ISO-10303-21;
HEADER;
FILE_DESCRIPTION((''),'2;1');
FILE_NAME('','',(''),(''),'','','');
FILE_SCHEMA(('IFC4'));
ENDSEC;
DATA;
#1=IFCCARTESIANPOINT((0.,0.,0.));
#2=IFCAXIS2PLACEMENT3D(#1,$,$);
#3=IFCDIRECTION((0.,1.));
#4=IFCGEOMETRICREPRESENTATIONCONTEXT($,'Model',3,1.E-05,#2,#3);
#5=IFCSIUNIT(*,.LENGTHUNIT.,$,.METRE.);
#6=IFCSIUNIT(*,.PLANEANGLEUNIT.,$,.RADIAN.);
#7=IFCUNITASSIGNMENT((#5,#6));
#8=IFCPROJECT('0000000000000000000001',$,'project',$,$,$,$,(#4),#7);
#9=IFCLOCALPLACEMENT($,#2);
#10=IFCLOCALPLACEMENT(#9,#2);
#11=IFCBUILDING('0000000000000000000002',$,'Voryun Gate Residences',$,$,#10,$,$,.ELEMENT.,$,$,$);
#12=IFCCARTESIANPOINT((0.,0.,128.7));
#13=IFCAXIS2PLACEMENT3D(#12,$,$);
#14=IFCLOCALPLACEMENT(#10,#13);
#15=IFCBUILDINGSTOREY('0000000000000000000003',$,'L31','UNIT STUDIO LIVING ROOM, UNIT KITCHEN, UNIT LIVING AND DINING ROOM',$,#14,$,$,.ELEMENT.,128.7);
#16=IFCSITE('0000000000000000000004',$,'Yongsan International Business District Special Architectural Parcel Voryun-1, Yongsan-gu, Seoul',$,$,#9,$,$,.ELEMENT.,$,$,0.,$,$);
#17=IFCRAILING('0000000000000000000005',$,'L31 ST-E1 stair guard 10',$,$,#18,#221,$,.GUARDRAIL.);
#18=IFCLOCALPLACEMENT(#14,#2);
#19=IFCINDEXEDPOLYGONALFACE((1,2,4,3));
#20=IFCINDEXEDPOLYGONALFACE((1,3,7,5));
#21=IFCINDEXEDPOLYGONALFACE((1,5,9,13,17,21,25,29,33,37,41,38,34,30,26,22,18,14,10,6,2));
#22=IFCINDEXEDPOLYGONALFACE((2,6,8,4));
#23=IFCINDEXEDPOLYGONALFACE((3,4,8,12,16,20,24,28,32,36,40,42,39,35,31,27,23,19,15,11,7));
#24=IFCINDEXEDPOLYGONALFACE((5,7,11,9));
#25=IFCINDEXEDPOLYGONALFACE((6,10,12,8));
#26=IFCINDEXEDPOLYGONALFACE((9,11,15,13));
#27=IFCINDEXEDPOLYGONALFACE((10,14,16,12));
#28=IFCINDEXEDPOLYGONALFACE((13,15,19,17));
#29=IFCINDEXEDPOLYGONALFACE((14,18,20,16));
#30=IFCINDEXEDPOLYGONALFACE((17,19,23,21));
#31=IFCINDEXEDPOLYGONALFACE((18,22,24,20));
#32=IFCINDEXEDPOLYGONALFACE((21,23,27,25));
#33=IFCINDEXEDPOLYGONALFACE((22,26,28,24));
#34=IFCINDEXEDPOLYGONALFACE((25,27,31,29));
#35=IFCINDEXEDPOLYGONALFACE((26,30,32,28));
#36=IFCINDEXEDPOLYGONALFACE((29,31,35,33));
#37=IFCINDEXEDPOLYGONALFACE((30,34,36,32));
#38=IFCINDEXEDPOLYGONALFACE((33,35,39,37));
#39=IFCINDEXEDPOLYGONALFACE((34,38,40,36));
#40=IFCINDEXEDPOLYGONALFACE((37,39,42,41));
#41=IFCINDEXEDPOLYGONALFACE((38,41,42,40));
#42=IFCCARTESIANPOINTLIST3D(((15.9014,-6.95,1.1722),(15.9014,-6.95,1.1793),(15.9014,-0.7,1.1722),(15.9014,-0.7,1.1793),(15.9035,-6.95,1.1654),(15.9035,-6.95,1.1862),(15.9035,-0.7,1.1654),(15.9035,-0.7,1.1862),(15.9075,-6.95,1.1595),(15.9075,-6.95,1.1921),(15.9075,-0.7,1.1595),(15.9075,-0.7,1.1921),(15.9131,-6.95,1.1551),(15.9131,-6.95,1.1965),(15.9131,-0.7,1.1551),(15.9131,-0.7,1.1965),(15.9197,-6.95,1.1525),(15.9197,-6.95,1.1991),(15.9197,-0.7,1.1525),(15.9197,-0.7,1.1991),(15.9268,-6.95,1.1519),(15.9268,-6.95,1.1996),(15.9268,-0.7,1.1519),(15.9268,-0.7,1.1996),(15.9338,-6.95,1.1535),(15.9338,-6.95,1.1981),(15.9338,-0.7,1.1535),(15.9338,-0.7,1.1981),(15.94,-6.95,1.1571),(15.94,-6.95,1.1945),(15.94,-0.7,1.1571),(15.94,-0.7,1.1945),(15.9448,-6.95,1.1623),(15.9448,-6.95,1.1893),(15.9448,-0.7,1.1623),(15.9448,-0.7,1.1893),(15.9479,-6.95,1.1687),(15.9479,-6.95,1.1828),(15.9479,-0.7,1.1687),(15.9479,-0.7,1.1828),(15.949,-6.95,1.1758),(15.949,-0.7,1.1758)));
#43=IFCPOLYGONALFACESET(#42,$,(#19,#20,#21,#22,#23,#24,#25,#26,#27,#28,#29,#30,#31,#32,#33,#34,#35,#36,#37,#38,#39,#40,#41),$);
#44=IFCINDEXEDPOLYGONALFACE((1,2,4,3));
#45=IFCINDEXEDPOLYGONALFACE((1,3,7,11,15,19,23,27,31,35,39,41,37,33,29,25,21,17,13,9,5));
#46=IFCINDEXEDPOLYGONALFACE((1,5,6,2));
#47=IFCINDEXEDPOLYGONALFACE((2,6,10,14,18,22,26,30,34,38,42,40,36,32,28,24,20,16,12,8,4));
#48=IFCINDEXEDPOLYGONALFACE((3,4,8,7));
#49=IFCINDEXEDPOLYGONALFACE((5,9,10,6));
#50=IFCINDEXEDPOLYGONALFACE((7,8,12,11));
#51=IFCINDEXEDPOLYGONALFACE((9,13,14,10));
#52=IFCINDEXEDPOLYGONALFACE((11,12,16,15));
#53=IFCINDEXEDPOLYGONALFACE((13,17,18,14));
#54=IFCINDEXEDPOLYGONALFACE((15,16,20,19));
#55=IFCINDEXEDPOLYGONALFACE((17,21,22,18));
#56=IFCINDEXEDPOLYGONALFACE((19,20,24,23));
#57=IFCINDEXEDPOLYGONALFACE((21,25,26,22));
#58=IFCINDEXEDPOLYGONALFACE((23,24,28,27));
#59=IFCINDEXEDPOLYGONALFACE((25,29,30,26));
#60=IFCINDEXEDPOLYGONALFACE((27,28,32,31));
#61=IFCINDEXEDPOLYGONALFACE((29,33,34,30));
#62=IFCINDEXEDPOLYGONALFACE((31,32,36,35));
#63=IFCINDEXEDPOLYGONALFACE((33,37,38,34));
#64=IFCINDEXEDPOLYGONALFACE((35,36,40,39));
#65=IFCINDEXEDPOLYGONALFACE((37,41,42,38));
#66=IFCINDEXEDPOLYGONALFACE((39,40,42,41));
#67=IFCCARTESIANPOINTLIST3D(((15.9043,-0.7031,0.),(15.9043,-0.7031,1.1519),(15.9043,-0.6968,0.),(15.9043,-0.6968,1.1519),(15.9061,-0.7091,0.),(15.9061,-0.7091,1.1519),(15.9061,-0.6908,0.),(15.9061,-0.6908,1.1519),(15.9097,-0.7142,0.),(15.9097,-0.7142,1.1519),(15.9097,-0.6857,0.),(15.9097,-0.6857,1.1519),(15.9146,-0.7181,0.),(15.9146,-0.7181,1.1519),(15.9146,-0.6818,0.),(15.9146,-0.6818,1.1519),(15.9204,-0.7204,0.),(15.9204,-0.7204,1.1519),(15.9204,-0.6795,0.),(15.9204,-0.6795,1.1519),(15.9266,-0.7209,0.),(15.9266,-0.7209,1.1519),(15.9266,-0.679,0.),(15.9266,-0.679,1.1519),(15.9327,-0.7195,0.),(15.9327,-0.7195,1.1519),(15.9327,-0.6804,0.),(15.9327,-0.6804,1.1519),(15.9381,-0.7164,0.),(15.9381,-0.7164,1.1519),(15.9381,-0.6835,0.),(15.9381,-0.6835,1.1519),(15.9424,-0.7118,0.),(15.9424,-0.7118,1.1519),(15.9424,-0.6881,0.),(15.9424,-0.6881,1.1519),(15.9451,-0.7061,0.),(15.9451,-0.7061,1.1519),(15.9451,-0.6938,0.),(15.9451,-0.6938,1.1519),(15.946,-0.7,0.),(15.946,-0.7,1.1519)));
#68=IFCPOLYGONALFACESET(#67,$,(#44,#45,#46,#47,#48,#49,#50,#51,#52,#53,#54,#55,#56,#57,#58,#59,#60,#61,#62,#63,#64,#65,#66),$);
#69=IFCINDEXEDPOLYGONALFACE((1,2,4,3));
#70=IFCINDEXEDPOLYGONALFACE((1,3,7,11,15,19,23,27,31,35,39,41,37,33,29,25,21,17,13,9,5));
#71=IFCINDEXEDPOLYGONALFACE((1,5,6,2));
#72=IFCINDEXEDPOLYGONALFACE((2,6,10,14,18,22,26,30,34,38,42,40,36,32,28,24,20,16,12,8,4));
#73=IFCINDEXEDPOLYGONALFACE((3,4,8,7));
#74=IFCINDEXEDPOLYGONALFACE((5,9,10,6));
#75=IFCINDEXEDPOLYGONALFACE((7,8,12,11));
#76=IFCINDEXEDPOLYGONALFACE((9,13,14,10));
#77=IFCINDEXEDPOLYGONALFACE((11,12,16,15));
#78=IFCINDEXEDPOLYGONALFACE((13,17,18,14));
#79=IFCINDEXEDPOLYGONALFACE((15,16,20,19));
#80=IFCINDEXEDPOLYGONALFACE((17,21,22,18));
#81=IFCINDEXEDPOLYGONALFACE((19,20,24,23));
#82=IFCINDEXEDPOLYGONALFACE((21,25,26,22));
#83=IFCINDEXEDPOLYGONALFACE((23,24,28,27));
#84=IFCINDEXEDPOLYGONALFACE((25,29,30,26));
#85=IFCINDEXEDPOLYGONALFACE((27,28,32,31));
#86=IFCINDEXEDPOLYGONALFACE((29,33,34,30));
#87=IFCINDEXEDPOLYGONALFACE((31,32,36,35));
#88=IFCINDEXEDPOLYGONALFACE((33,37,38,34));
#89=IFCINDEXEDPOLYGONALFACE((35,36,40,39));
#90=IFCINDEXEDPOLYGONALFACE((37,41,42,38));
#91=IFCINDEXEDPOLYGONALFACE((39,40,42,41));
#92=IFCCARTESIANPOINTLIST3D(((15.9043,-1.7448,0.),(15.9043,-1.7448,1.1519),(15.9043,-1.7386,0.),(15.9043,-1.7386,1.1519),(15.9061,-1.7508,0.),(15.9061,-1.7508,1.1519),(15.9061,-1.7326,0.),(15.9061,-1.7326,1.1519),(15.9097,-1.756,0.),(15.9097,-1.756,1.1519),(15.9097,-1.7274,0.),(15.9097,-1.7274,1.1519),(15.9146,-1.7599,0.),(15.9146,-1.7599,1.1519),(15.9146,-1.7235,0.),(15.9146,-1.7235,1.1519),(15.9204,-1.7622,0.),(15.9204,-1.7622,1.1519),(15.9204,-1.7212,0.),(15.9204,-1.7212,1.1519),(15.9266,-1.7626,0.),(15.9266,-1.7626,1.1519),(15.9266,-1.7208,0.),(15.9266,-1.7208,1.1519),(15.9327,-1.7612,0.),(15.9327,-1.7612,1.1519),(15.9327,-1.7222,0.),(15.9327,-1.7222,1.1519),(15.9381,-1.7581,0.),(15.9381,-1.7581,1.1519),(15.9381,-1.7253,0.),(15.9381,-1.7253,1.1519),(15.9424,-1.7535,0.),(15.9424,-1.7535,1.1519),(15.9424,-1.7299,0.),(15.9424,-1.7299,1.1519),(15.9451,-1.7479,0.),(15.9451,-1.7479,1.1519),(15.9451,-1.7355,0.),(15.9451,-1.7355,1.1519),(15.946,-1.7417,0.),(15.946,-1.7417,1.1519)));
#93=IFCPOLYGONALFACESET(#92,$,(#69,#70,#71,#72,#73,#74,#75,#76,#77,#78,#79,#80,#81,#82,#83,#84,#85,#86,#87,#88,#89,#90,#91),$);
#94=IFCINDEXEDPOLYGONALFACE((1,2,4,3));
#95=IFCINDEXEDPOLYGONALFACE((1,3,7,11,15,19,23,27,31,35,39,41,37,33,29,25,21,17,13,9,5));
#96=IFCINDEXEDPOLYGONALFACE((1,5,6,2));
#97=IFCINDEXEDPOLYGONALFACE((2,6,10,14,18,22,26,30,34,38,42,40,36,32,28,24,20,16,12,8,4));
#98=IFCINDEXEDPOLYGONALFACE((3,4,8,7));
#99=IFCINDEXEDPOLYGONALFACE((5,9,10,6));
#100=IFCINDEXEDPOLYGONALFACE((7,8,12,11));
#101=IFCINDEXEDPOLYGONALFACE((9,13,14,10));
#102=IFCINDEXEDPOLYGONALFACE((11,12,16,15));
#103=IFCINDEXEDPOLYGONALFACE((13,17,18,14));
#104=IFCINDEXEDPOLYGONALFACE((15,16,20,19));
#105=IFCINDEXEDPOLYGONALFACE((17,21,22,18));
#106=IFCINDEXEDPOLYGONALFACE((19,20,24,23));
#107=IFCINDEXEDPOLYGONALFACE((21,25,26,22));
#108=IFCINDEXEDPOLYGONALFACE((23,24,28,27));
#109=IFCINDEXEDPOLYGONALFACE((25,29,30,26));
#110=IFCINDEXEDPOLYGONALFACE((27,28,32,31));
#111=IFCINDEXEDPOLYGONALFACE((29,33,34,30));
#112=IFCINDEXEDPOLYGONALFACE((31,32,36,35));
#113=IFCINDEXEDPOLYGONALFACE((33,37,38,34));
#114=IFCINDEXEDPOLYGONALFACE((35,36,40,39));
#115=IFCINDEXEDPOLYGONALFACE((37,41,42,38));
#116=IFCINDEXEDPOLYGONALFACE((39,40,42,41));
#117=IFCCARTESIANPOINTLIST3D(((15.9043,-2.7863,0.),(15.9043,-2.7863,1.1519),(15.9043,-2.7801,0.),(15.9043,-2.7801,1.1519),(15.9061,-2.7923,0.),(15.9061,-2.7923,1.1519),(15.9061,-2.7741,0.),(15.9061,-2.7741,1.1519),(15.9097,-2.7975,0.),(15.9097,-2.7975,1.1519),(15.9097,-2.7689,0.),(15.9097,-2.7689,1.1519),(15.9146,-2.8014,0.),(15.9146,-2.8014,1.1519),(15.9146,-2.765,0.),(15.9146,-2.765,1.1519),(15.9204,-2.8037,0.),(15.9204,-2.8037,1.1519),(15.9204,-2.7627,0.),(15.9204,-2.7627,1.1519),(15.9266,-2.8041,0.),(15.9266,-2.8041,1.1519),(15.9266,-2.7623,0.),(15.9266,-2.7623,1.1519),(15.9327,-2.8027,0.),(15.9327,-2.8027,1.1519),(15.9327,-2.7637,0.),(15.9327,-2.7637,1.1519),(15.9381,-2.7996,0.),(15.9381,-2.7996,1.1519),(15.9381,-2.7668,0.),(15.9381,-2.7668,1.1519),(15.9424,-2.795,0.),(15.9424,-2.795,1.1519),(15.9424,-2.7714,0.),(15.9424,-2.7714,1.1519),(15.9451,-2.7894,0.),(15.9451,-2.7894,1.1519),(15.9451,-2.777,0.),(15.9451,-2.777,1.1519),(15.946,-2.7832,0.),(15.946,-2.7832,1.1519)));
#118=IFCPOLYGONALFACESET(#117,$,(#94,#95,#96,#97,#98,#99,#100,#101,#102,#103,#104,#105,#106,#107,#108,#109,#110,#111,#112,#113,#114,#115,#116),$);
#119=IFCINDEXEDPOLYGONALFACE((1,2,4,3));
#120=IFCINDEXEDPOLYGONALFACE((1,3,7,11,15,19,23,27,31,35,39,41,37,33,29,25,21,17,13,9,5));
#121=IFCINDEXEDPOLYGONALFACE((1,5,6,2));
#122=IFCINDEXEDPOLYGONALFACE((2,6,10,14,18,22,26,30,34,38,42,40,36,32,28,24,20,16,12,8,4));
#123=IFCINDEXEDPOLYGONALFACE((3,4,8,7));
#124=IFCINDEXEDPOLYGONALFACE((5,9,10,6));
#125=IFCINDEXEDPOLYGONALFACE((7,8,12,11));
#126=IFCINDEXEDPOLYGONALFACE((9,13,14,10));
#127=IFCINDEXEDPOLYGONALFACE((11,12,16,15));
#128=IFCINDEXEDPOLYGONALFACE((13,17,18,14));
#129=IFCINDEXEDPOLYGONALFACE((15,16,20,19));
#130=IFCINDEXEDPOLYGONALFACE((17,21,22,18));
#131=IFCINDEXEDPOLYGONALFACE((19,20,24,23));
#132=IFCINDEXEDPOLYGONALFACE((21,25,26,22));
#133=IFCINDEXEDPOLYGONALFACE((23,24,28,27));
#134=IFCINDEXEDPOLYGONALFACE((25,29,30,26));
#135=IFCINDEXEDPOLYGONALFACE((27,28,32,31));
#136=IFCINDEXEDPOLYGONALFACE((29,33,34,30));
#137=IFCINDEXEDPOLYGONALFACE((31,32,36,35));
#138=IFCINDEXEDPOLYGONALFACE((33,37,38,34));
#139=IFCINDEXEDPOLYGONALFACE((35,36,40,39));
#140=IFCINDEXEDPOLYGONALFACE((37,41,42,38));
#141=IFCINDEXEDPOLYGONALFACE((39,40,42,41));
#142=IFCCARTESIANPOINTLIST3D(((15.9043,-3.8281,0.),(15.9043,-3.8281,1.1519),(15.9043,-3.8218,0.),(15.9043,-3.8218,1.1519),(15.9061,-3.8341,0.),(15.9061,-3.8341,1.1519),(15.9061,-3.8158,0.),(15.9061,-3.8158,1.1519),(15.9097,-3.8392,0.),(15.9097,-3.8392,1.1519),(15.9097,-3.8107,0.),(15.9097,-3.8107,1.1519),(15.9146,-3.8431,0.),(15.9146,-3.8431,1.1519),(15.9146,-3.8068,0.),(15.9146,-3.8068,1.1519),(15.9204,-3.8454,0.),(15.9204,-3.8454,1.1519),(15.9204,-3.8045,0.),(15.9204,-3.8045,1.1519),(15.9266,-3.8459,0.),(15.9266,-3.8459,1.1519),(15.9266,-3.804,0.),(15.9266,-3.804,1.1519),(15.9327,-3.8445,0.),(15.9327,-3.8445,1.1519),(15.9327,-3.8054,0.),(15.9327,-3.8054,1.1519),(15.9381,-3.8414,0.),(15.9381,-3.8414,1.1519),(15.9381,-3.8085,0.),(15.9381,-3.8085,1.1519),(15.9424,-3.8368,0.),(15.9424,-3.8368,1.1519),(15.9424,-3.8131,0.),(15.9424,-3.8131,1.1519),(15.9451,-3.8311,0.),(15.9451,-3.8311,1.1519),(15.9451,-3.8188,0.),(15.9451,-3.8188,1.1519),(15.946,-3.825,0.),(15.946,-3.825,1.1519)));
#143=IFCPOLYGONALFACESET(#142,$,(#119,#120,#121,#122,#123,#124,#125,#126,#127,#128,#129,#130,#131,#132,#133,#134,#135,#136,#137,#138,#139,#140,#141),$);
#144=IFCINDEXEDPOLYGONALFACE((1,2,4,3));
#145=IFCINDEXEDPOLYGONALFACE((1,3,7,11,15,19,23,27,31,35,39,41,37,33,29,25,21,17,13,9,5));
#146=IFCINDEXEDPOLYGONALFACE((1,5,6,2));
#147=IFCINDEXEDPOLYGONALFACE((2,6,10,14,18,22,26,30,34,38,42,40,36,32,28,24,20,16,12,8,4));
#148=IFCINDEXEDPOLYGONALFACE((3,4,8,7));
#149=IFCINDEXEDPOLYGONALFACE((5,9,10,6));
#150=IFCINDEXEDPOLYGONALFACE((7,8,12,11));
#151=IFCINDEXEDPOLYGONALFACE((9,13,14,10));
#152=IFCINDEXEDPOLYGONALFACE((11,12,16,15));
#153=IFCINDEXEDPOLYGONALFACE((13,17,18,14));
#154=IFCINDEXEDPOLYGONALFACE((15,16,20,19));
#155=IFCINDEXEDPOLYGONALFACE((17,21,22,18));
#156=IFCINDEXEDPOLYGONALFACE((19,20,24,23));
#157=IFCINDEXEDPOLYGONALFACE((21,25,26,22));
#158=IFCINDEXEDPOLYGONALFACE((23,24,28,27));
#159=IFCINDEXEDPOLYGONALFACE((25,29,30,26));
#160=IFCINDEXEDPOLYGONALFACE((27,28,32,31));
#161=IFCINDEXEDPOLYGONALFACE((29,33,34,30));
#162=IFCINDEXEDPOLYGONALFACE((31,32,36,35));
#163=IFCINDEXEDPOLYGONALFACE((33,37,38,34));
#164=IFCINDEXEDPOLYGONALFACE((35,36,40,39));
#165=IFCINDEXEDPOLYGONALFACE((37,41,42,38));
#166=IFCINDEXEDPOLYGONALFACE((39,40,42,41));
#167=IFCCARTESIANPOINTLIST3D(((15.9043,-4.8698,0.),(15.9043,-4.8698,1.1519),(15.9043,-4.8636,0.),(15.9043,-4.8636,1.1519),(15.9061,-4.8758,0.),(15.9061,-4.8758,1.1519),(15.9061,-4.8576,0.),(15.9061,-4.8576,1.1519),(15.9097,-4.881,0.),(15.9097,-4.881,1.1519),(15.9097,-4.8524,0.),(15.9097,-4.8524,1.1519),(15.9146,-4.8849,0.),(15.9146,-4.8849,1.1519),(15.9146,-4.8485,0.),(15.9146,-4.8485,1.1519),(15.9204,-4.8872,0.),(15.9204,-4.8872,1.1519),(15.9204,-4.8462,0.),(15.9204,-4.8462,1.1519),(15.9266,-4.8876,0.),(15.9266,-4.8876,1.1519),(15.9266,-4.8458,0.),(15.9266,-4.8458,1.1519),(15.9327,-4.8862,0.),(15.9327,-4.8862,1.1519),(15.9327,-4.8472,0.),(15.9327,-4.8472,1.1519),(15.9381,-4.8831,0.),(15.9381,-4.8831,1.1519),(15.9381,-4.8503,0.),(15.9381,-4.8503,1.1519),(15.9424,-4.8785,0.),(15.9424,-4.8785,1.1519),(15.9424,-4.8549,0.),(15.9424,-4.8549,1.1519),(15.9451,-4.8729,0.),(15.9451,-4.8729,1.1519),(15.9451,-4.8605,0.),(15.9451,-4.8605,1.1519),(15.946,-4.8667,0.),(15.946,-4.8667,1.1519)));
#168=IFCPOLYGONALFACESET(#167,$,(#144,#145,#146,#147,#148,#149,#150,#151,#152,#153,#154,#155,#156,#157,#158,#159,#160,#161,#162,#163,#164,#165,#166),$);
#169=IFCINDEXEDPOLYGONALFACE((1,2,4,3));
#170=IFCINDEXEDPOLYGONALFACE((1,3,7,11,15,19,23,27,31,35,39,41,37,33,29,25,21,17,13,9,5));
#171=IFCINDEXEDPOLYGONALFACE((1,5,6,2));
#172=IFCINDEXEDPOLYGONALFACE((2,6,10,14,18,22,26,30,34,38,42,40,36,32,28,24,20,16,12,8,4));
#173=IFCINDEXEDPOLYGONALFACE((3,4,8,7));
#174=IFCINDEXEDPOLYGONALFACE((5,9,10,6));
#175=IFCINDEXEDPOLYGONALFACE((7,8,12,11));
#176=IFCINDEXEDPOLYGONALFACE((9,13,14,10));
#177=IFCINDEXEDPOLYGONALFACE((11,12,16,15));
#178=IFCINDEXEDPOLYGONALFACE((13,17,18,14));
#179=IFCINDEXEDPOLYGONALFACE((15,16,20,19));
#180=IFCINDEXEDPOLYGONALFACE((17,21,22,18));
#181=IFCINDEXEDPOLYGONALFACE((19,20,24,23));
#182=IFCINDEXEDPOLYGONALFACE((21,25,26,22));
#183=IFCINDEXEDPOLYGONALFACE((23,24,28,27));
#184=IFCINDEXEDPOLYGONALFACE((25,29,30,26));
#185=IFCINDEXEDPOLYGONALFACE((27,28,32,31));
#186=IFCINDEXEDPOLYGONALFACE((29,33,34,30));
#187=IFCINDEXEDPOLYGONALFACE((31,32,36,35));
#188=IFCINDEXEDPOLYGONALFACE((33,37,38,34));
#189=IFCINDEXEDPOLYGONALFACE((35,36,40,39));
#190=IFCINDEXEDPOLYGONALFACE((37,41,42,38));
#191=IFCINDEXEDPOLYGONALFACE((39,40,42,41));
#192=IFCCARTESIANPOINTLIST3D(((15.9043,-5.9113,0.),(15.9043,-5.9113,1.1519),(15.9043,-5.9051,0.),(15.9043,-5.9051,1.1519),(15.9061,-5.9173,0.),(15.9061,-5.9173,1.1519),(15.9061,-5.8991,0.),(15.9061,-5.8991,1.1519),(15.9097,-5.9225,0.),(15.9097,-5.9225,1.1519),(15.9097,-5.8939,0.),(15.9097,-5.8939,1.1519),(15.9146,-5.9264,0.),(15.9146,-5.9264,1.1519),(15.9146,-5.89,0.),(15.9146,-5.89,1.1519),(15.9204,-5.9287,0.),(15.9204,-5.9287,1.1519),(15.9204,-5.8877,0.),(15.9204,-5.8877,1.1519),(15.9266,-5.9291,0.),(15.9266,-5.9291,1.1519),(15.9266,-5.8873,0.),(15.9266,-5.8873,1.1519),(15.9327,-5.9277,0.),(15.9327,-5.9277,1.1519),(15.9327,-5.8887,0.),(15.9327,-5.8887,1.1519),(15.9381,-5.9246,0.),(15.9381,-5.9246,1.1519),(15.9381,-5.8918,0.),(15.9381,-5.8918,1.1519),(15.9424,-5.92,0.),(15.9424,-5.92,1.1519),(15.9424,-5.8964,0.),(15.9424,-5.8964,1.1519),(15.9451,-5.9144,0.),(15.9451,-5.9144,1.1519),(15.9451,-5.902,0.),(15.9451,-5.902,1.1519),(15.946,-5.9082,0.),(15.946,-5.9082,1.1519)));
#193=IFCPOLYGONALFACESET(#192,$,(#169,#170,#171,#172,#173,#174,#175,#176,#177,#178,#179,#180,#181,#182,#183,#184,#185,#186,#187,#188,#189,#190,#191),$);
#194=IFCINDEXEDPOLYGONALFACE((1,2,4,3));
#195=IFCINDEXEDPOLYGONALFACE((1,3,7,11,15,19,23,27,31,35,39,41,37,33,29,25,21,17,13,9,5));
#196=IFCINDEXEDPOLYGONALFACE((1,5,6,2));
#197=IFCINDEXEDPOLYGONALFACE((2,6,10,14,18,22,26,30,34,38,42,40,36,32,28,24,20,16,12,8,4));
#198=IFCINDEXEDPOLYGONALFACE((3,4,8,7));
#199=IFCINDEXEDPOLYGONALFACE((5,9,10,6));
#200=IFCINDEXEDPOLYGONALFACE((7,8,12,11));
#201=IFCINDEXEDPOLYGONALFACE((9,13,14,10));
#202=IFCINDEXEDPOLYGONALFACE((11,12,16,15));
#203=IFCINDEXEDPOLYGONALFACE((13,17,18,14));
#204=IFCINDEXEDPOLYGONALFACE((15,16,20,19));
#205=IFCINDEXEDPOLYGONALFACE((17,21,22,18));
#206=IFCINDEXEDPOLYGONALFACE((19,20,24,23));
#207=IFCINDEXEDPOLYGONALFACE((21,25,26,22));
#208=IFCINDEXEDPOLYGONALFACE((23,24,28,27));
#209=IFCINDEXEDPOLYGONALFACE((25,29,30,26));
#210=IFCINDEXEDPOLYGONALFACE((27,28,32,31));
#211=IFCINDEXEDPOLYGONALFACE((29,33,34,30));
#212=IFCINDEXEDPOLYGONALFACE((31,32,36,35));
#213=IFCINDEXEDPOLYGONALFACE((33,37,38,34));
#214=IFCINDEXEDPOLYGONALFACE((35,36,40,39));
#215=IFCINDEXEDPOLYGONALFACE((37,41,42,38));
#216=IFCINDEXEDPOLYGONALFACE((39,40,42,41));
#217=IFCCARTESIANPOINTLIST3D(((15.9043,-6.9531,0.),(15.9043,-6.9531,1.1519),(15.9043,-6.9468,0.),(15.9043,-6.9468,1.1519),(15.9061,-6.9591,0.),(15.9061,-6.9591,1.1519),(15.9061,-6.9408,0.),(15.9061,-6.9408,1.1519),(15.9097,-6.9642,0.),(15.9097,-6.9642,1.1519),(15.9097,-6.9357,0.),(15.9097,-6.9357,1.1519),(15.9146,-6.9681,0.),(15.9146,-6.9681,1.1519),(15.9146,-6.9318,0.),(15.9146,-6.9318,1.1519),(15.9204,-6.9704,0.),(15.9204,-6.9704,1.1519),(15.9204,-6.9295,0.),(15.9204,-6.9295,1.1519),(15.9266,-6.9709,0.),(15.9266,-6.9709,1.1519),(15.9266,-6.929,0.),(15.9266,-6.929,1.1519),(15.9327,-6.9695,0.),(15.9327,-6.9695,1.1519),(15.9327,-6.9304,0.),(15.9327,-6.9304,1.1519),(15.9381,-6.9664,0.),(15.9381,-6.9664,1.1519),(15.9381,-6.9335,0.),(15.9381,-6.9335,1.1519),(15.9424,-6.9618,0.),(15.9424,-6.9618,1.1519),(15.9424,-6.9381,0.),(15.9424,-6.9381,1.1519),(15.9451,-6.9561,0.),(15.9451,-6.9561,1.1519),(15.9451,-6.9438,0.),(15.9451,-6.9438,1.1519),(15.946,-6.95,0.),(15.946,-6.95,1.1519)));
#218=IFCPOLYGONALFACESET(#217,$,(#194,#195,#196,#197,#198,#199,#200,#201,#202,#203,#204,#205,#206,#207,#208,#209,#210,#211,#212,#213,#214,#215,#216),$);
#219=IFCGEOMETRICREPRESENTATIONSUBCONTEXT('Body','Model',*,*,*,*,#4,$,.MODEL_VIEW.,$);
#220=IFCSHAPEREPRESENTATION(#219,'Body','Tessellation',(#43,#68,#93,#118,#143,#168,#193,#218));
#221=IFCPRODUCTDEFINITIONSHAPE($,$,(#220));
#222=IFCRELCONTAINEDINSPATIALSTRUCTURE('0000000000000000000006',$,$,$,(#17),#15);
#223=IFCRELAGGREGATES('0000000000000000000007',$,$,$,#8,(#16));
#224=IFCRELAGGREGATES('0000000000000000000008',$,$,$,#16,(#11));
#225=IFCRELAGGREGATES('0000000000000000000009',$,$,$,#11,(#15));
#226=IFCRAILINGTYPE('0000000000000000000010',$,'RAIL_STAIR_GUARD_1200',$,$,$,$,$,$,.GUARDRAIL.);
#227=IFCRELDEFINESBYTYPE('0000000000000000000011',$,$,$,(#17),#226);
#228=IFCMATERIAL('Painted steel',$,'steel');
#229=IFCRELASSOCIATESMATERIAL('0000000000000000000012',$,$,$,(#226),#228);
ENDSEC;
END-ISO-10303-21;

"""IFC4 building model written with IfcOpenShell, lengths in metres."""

from ifc_helpers import new_model, si_unit, direction, frame, origin, origin_2d, place, context, subcontext, project, spatial, circle, extrude, material, type_object, element, save


model = new_model("IFC4")

# Units and contexts
model_context = context("Model", 3, precision=1e-05, world=origin(), true_north=direction((0.0, 1.0)))
body_context = subcontext(model_context, "Body", "Model", "MODEL_VIEW")
ifc_project = project(units=[si_unit("LENGTHUNIT", "METRE"), si_unit("PLANEANGLEUNIT", "RADIAN")], contexts=[model_context])

# Site, building, storey
site_placement = place(None, origin())
site = spatial("IfcSite", under=ifc_project, at=site_placement, Name="Yongsan International Business District Special Architectural Parcel Voryun-1, Yongsan-gu, Seoul", CompositionType="ELEMENT", RefElevation=0.0)
building_placement = place(site_placement, origin())
building = spatial("IfcBuilding", under=site, at=building_placement, Name="Voryun Gate Residences", CompositionType="ELEMENT")
storey_placement = place(building_placement, frame((0.0, 0.0, 128.7)))
storey = spatial("IfcBuildingStorey", under=building, at=storey_placement, Name="L31", Description="UNIT STUDIO LIVING ROOM, UNIT KITCHEN, UNIT LIVING AND DINING ROOM", CompositionType="ELEMENT", Elevation=128.7)

# Railing
ifc_material_1 = material(Name="Painted steel", Category="steel")
railing_type = type_object("IfcRailingType", Name="RAIL_STAIR_GUARD_1200", PredefinedType="GUARDRAIL", material=ifc_material_1)
railing_1_placement = place(storey_placement, frame((15.925, -0.7, 0.0)))
element("IfcRailing", 1, at=railing_1_placement, inside=storey, type_object=railing_type, Name="L31 ST-E1 stair guard 10", PredefinedType="GUARDRAIL", context=body_context, shape_type="SweptSolid", body=[
    extrude(circle(Radius=0.0239, at=origin_2d()), frame((0.0, 0.0, 1.1758), z_axis=(0.0, -1.0, 0.0), x_axis=(1.0, 0.0, 0.0)), (0.0, 0.0, 1.0), 6.25),
    extrude(circle(Radius=0.021, at=origin_2d()), origin(), (0.0, 0.0, 1.0), 1.1519),
    extrude(circle(Radius=0.021, at=origin_2d()), frame((0.0, -1.0417, 0.0)), (0.0, 0.0, 1.0), 1.1519),
    extrude(circle(Radius=0.021, at=origin_2d()), frame((0.0, -2.0833, 0.0)), (0.0, 0.0, 1.0), 1.1519),
    extrude(circle(Radius=0.021, at=origin_2d()), frame((0.0, -3.125, 0.0)), (0.0, 0.0, 1.0), 1.1519),
    extrude(circle(Radius=0.021, at=origin_2d()), frame((0.0, -4.1667, 0.0)), (0.0, 0.0, 1.0), 1.1519),
    extrude(circle(Radius=0.021, at=origin_2d()), frame((0.0, -5.2083, 0.0)), (0.0, 0.0, 1.0), 1.1519),
    extrude(circle(Radius=0.021, at=origin_2d()), frame((0.0, -6.25, 0.0)), (0.0, 0.0, 1.0), 1.1519),
])

save(model, "model.ifc")
